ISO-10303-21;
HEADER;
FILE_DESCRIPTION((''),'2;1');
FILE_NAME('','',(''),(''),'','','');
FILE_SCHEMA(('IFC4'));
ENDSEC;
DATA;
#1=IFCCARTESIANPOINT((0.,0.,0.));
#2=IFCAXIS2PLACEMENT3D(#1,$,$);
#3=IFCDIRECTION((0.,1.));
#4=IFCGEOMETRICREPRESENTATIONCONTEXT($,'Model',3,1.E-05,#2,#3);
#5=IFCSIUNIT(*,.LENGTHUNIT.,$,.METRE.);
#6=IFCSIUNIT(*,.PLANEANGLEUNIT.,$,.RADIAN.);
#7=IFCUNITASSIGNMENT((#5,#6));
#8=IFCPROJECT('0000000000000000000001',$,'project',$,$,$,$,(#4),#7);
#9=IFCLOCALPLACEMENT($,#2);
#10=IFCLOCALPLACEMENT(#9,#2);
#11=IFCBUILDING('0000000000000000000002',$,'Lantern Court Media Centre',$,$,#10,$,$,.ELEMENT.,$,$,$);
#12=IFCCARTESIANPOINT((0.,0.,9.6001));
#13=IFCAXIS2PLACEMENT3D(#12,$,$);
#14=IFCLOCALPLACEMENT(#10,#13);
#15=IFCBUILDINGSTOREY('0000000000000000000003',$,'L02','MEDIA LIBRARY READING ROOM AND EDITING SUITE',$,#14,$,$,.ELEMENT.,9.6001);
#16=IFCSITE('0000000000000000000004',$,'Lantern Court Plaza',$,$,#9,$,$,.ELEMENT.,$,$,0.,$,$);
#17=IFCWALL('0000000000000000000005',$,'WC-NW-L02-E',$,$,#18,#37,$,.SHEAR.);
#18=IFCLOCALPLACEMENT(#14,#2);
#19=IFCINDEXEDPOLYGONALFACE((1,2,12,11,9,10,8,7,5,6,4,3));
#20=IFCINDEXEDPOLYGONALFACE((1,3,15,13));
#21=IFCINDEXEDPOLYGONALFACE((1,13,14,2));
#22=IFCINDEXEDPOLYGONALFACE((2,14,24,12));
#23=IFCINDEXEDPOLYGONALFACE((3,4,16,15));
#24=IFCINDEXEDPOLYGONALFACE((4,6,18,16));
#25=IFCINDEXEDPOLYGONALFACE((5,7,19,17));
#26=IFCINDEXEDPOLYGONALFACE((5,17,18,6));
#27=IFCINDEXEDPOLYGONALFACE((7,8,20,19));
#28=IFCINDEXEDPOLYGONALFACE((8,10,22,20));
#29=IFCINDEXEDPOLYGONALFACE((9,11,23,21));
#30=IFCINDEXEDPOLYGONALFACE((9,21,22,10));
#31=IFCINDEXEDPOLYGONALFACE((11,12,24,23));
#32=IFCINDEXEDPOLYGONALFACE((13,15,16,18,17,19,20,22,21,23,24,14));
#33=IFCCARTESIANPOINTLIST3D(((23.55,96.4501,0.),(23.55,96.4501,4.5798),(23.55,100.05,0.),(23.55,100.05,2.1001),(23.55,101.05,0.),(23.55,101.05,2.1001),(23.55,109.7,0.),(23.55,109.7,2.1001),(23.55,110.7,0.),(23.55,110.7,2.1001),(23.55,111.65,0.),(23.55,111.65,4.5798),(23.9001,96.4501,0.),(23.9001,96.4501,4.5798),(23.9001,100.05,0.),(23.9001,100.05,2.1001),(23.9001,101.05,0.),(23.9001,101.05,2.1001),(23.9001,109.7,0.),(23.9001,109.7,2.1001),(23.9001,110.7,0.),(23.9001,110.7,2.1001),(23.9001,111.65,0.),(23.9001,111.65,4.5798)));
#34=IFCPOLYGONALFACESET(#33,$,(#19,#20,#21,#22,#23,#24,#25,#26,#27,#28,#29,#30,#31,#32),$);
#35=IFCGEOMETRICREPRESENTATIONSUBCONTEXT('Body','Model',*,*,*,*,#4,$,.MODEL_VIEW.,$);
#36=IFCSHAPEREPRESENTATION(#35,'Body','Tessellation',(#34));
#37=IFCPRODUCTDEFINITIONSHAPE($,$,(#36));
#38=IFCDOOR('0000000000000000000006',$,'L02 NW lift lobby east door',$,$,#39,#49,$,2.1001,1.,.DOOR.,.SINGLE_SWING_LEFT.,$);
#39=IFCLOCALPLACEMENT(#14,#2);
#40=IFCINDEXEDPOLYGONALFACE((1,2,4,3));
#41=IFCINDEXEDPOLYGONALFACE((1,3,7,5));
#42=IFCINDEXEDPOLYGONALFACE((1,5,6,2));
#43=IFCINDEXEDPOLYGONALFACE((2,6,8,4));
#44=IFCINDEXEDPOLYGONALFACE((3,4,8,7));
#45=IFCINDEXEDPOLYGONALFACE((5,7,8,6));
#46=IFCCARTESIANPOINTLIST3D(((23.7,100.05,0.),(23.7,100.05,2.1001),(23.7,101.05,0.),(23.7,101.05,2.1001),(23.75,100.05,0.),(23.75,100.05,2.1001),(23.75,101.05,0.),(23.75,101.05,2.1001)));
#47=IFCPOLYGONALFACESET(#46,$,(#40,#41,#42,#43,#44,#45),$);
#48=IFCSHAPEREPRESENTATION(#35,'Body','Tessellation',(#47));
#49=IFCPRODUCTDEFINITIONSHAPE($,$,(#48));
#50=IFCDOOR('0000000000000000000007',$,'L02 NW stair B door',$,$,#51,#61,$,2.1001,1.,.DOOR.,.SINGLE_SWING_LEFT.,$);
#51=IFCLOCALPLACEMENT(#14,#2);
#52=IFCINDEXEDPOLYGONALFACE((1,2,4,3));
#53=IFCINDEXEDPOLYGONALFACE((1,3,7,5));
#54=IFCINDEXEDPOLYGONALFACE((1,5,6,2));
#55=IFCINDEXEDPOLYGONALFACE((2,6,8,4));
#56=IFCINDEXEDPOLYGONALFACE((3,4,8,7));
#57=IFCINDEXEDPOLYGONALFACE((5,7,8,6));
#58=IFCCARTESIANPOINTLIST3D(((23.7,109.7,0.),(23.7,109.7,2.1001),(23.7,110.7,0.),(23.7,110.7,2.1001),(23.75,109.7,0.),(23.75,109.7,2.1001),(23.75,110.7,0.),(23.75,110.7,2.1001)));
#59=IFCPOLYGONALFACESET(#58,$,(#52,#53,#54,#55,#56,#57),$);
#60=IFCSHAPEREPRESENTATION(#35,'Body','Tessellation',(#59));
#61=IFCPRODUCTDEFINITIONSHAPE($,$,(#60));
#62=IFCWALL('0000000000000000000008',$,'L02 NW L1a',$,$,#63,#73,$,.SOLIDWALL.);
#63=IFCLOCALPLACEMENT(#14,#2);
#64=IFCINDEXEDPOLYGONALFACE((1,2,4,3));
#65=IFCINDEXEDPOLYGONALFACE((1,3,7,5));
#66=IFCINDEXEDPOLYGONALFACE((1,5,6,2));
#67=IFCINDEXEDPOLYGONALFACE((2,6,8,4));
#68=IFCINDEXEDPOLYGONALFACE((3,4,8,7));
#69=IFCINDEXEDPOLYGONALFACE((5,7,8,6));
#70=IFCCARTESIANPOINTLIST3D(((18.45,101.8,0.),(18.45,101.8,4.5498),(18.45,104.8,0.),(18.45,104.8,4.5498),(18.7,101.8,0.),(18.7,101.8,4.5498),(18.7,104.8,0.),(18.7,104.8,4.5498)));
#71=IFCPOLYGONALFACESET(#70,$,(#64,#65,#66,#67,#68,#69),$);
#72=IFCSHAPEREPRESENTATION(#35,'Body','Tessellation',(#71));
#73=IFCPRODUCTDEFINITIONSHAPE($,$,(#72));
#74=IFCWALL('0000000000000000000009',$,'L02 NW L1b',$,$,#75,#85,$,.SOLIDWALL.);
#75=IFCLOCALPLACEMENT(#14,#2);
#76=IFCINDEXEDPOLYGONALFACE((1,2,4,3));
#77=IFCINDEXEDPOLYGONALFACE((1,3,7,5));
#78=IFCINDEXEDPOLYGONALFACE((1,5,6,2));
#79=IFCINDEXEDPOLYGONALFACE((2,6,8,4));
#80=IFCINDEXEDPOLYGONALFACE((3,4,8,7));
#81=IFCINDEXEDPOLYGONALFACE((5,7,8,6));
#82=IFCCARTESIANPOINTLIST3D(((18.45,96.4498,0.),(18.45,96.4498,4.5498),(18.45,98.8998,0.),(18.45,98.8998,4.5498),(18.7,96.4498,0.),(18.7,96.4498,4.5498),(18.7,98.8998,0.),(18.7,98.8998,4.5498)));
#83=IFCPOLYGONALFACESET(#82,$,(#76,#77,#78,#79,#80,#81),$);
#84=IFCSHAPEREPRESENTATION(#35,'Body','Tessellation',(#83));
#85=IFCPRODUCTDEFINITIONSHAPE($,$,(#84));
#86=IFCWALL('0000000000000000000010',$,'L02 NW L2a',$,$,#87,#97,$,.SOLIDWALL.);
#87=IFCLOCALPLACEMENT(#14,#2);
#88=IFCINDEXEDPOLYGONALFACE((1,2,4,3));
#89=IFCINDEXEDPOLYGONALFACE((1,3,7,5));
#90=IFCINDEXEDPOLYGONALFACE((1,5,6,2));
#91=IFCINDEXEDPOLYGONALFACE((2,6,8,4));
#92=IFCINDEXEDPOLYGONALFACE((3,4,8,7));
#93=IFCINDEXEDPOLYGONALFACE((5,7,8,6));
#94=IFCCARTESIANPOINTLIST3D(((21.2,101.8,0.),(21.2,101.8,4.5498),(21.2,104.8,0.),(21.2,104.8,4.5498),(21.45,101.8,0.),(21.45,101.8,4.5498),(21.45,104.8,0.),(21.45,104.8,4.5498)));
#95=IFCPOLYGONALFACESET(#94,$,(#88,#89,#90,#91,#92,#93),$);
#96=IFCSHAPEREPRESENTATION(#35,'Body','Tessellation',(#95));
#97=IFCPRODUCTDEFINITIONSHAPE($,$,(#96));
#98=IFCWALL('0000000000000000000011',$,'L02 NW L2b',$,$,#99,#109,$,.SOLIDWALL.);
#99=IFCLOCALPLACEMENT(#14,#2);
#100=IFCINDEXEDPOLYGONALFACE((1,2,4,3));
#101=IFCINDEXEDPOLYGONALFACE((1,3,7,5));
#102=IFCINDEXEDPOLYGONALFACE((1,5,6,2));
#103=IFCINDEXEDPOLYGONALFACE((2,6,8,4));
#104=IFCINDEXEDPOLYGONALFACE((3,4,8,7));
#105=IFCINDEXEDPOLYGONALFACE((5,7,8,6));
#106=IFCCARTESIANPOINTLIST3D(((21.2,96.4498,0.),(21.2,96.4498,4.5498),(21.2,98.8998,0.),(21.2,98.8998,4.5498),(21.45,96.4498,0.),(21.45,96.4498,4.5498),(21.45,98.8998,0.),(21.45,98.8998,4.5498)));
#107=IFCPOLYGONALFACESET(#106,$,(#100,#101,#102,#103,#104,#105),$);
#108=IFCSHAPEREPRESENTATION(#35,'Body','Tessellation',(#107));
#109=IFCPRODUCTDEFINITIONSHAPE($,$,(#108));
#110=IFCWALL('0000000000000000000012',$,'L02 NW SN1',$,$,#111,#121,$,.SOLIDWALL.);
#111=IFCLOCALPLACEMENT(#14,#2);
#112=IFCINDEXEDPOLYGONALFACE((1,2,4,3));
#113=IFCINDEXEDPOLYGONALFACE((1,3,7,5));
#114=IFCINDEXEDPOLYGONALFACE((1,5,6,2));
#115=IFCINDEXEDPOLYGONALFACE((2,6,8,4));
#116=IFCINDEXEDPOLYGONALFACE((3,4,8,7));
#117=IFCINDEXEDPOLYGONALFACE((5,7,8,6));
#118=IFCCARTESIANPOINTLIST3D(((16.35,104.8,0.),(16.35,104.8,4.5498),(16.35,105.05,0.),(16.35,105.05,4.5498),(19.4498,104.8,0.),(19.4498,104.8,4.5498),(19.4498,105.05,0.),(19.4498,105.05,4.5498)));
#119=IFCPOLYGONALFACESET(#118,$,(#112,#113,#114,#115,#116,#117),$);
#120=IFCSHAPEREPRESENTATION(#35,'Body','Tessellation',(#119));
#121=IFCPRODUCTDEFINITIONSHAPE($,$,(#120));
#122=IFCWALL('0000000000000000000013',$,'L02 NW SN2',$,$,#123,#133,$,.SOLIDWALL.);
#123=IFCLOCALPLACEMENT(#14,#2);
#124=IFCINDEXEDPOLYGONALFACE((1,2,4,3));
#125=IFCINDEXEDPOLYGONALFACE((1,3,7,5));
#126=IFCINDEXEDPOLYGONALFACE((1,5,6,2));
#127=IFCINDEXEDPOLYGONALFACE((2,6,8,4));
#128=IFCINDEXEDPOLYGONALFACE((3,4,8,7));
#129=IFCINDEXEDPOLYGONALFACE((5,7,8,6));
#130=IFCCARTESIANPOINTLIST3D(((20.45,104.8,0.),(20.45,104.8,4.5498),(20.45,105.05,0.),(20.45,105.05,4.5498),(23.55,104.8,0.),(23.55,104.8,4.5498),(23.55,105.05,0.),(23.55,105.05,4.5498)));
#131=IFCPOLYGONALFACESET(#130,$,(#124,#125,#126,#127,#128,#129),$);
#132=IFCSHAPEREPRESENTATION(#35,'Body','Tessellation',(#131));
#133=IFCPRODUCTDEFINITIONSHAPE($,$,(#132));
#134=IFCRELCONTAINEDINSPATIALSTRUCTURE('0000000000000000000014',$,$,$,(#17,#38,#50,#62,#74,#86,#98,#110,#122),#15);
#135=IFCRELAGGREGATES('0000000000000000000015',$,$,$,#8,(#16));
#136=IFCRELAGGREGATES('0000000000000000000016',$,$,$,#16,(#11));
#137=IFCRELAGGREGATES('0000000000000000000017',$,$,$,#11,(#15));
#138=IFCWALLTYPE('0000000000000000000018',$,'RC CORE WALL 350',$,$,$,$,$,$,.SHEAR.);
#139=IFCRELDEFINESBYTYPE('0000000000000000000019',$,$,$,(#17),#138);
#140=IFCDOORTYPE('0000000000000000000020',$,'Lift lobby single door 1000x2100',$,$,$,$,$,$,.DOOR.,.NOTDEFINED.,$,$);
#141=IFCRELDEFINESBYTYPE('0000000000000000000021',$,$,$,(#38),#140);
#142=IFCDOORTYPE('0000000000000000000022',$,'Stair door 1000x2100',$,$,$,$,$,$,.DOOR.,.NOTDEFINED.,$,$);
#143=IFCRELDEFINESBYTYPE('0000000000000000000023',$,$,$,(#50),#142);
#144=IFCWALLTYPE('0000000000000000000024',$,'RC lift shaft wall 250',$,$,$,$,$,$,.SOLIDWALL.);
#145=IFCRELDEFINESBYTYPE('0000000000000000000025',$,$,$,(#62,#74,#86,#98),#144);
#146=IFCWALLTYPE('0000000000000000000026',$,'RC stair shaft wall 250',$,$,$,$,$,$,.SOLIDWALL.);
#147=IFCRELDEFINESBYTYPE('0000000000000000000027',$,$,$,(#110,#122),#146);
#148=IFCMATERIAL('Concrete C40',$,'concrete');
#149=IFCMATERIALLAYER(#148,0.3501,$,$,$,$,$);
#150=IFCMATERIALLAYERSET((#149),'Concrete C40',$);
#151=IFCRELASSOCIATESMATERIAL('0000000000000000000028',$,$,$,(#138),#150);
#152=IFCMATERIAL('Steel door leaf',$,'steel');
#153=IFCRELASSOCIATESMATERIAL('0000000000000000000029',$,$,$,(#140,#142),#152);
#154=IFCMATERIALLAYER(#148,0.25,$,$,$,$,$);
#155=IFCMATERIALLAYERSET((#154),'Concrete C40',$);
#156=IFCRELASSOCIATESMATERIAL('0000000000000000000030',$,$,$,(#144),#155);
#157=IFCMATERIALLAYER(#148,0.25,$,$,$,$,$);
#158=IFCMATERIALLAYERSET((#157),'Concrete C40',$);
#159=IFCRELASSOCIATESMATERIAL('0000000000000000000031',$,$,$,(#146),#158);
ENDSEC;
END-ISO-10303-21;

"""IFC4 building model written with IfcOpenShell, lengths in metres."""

from ifc_helpers import new_model, si_unit, direction, frame, frame_2d, origin, place, context, subcontext, project, spatial, rectangle, extrude, material, layer, layer_set, type_object, element, fill, save


model = new_model("IFC4")

# Units and contexts
model_context = context("Model", 3, precision=1e-05, world=origin(), true_north=direction((0.0, 1.0)))
body_context = subcontext(model_context, "Body", "Model", "MODEL_VIEW")
ifc_project = project(units=[si_unit("LENGTHUNIT", "METRE"), si_unit("PLANEANGLEUNIT", "RADIAN")], contexts=[model_context])

# Site, building, storey
site_placement = place(None, origin())
site = spatial("IfcSite", under=ifc_project, at=site_placement, Name="Lantern Court Plaza", CompositionType="ELEMENT", RefElevation=0.0)
building_placement = place(site_placement, origin())
building = spatial("IfcBuilding", under=site, at=building_placement, Name="Lantern Court Media Centre", CompositionType="ELEMENT")
storey_placement = place(building_placement, frame((0.0, 0.0, 9.6001)))
storey = spatial("IfcBuildingStorey", under=building, at=storey_placement, Name="L02", Description="MEDIA LIBRARY READING ROOM AND EDITING SUITE", CompositionType="ELEMENT", Elevation=9.6001)

# Wall, openings, doors
ifc_material_1 = material(Name="Concrete C40", Category="concrete")
ifc_layer_1 = layer(ifc_material_1, 0.3501)
ifc_layer_set_1 = layer_set([ifc_layer_1], Name="Concrete C40")
wall_type_1 = type_object("IfcWallType", Name="RC CORE WALL 350", PredefinedType="SHEAR", material=ifc_layer_set_1)
wall_1_placement = place(storey_placement, frame((23.7251, 96.45, 0.0), z_axis=(0.0, 0.0, 1.0), x_axis=(0.0, 1.0, 0.0)))
wall_1 = element("IfcWall", 1, at=wall_1_placement, inside=storey, type_object=wall_type_1, Name="WC-NW-L02-E", PredefinedType="SHEAR", context=body_context, shape_type="SweptSolid", body=[
    extrude(rectangle(XDim=15.2, YDim=0.3501, at=frame_2d((7.6001, 0.0))), origin(), (0.0, 0.0, 1.0), 4.5798),
])
opening_1_placement = place(wall_1_placement, frame((13.25, 0.0, 0.0)))
opening_1 = element("IfcOpeningElement", 2, at=opening_1_placement, cuts=wall_1, PredefinedType="OPENING", context=body_context, shape_type="SweptSolid", body=[
    extrude(rectangle(XDim=1.0, YDim=2.1001, at=frame_2d((0.5, 1.05))), frame((0.0, 0.1851, 0.0), z_axis=(0.0, -1.0, 0.0), x_axis=(1.0, 0.0, 0.0)), (0.0, 0.0, 1.0), 0.3701),
])
opening_2_placement = place(wall_1_placement, frame((3.6001, 0.0, 0.0)))
opening_2 = element("IfcOpeningElement", 3, at=opening_2_placement, cuts=wall_1, PredefinedType="OPENING", context=body_context, shape_type="SweptSolid", body=[
    extrude(rectangle(XDim=1.0, YDim=2.1001, at=frame_2d((0.5, 1.05))), frame((0.0, 0.1851, 0.0), z_axis=(0.0, -1.0, 0.0), x_axis=(1.0, 0.0, 0.0)), (0.0, 0.0, 1.0), 0.3701),
])
ifc_material_2 = material(Name="Steel door leaf", Category="steel")
door_type_1 = type_object("IfcDoorType", Name="Lift lobby single door 1000x2100", OperationType="NOTDEFINED", PredefinedType="DOOR", material=ifc_material_2)
door_1_placement = place(opening_2_placement, frame((1.0, 0.0, 0.0), z_axis=(0.0, 0.0, 1.0), x_axis=(-1.0, 0.0, 0.0)))
door_1 = element("IfcDoor", 4, at=door_1_placement, inside=storey, type_object=door_type_1, Name="L02 NW lift lobby east door", OperationType="SINGLE_SWING_LEFT", OverallHeight=2.1001, OverallWidth=1.0, PredefinedType="DOOR", context=body_context, shape_type="SweptSolid", body=[
    extrude(rectangle(XDim=1.0, YDim=2.1001, at=frame_2d((0.5, 1.05))), frame((0.0, 0.0249, 0.0), z_axis=(0.0, -1.0, 0.0), x_axis=(1.0, 0.0, 0.0)), (0.0, 0.0, 1.0), 0.05),
])
fill(opening_2, door_1)
door_type_2 = type_object("IfcDoorType", Name="Stair door 1000x2100", OperationType="NOTDEFINED", PredefinedType="DOOR", material=ifc_material_2)
door_2_placement = place(opening_1_placement, frame((1.0, 0.0, 0.0), z_axis=(0.0, 0.0, 1.0), x_axis=(-1.0, 0.0, 0.0)))
door_2 = element("IfcDoor", 5, at=door_2_placement, inside=storey, type_object=door_type_2, Name="L02 NW stair B door", OperationType="SINGLE_SWING_LEFT", OverallHeight=2.1001, OverallWidth=1.0, PredefinedType="DOOR", context=body_context, shape_type="SweptSolid", body=[
    extrude(rectangle(XDim=1.0, YDim=2.1001, at=frame_2d((0.5, 1.05))), frame((0.0, 0.0249, 0.0), z_axis=(0.0, -1.0, 0.0), x_axis=(1.0, 0.0, 0.0)), (0.0, 0.0, 1.0), 0.05),
])
fill(opening_1, door_2)

# Walls
ifc_layer_2 = layer(ifc_material_1, 0.25)
ifc_layer_set_2 = layer_set([ifc_layer_2], Name="Concrete C40")
wall_type_2 = type_object("IfcWallType", Name="RC lift shaft wall 250", PredefinedType="SOLIDWALL", material=ifc_layer_set_2)
wall_2_placement = place(storey_placement, frame((18.575, 104.8, 0.0), z_axis=(0.0, 0.0, 1.0), x_axis=(0.0, -1.0, 0.0)))
element("IfcWall", 6, at=wall_2_placement, inside=storey, type_object=wall_type_2, Name="L02 NW L1a", PredefinedType="SOLIDWALL", context=body_context, shape_type="SweptSolid", body=[
    extrude(rectangle(XDim=3.0, YDim=0.25, at=frame_2d((1.5, 0.0))), origin(), (0.0, 0.0, 1.0), 4.5498),
])
wall_3_placement = place(storey_placement, frame((18.575, 98.8999, 0.0), z_axis=(0.0, 0.0, 1.0), x_axis=(0.0, -1.0, 0.0)))
element("IfcWall", 7, at=wall_3_placement, inside=storey, type_object=wall_type_2, Name="L02 NW L1b", PredefinedType="SOLIDWALL", context=body_context, shape_type="SweptSolid", body=[
    extrude(rectangle(XDim=2.45, YDim=0.25, at=frame_2d((1.2251, 0.0))), origin(), (0.0, 0.0, 1.0), 4.5498),
])
wall_4_placement = place(storey_placement, frame((21.325, 104.8, 0.0), z_axis=(0.0, 0.0, 1.0), x_axis=(0.0, -1.0, 0.0)))
element("IfcWall", 8, at=wall_4_placement, inside=storey, type_object=wall_type_2, Name="L02 NW L2a", PredefinedType="SOLIDWALL", context=body_context, shape_type="SweptSolid", body=[
    extrude(rectangle(XDim=3.0, YDim=0.25, at=frame_2d((1.5, 0.0))), origin(), (0.0, 0.0, 1.0), 4.5498),
])
wall_5_placement = place(storey_placement, frame((21.325, 98.8999, 0.0), z_axis=(0.0, 0.0, 1.0), x_axis=(0.0, -1.0, 0.0)))
element("IfcWall", 9, at=wall_5_placement, inside=storey, type_object=wall_type_2, Name="L02 NW L2b", PredefinedType="SOLIDWALL", context=body_context, shape_type="SweptSolid", body=[
    extrude(rectangle(XDim=2.45, YDim=0.25, at=frame_2d((1.2251, 0.0))), origin(), (0.0, 0.0, 1.0), 4.5498),
])
ifc_layer_3 = layer(ifc_material_1, 0.25)
ifc_layer_set_3 = layer_set([ifc_layer_3], Name="Concrete C40")
wall_type_3 = type_object("IfcWallType", Name="RC stair shaft wall 250", PredefinedType="SOLIDWALL", material=ifc_layer_set_3)
wall_6_placement = place(storey_placement, frame((16.3501, 104.925, 0.0), z_axis=(0.0, 0.0, 1.0), x_axis=(1.0, 0.0, 0.0)))
element("IfcWall", 10, at=wall_6_placement, inside=storey, type_object=wall_type_3, Name="L02 NW SN1", PredefinedType="SOLIDWALL", context=body_context, shape_type="SweptSolid", body=[
    extrude(rectangle(XDim=3.0999, YDim=0.25, at=frame_2d((1.5498, 0.0))), origin(), (0.0, 0.0, 1.0), 4.5498),
])
wall_7_placement = place(storey_placement, frame((20.45, 104.925, 0.0), z_axis=(0.0, 0.0, 1.0), x_axis=(1.0, 0.0, 0.0)))
element("IfcWall", 11, at=wall_7_placement, inside=storey, type_object=wall_type_3, Name="L02 NW SN2", PredefinedType="SOLIDWALL", context=body_context, shape_type="SweptSolid", body=[
    extrude(rectangle(XDim=3.1001, YDim=0.25, at=frame_2d((1.55, 0.0))), origin(), (0.0, 0.0, 1.0), 4.5498),
])

save(model, "model.ifc")
